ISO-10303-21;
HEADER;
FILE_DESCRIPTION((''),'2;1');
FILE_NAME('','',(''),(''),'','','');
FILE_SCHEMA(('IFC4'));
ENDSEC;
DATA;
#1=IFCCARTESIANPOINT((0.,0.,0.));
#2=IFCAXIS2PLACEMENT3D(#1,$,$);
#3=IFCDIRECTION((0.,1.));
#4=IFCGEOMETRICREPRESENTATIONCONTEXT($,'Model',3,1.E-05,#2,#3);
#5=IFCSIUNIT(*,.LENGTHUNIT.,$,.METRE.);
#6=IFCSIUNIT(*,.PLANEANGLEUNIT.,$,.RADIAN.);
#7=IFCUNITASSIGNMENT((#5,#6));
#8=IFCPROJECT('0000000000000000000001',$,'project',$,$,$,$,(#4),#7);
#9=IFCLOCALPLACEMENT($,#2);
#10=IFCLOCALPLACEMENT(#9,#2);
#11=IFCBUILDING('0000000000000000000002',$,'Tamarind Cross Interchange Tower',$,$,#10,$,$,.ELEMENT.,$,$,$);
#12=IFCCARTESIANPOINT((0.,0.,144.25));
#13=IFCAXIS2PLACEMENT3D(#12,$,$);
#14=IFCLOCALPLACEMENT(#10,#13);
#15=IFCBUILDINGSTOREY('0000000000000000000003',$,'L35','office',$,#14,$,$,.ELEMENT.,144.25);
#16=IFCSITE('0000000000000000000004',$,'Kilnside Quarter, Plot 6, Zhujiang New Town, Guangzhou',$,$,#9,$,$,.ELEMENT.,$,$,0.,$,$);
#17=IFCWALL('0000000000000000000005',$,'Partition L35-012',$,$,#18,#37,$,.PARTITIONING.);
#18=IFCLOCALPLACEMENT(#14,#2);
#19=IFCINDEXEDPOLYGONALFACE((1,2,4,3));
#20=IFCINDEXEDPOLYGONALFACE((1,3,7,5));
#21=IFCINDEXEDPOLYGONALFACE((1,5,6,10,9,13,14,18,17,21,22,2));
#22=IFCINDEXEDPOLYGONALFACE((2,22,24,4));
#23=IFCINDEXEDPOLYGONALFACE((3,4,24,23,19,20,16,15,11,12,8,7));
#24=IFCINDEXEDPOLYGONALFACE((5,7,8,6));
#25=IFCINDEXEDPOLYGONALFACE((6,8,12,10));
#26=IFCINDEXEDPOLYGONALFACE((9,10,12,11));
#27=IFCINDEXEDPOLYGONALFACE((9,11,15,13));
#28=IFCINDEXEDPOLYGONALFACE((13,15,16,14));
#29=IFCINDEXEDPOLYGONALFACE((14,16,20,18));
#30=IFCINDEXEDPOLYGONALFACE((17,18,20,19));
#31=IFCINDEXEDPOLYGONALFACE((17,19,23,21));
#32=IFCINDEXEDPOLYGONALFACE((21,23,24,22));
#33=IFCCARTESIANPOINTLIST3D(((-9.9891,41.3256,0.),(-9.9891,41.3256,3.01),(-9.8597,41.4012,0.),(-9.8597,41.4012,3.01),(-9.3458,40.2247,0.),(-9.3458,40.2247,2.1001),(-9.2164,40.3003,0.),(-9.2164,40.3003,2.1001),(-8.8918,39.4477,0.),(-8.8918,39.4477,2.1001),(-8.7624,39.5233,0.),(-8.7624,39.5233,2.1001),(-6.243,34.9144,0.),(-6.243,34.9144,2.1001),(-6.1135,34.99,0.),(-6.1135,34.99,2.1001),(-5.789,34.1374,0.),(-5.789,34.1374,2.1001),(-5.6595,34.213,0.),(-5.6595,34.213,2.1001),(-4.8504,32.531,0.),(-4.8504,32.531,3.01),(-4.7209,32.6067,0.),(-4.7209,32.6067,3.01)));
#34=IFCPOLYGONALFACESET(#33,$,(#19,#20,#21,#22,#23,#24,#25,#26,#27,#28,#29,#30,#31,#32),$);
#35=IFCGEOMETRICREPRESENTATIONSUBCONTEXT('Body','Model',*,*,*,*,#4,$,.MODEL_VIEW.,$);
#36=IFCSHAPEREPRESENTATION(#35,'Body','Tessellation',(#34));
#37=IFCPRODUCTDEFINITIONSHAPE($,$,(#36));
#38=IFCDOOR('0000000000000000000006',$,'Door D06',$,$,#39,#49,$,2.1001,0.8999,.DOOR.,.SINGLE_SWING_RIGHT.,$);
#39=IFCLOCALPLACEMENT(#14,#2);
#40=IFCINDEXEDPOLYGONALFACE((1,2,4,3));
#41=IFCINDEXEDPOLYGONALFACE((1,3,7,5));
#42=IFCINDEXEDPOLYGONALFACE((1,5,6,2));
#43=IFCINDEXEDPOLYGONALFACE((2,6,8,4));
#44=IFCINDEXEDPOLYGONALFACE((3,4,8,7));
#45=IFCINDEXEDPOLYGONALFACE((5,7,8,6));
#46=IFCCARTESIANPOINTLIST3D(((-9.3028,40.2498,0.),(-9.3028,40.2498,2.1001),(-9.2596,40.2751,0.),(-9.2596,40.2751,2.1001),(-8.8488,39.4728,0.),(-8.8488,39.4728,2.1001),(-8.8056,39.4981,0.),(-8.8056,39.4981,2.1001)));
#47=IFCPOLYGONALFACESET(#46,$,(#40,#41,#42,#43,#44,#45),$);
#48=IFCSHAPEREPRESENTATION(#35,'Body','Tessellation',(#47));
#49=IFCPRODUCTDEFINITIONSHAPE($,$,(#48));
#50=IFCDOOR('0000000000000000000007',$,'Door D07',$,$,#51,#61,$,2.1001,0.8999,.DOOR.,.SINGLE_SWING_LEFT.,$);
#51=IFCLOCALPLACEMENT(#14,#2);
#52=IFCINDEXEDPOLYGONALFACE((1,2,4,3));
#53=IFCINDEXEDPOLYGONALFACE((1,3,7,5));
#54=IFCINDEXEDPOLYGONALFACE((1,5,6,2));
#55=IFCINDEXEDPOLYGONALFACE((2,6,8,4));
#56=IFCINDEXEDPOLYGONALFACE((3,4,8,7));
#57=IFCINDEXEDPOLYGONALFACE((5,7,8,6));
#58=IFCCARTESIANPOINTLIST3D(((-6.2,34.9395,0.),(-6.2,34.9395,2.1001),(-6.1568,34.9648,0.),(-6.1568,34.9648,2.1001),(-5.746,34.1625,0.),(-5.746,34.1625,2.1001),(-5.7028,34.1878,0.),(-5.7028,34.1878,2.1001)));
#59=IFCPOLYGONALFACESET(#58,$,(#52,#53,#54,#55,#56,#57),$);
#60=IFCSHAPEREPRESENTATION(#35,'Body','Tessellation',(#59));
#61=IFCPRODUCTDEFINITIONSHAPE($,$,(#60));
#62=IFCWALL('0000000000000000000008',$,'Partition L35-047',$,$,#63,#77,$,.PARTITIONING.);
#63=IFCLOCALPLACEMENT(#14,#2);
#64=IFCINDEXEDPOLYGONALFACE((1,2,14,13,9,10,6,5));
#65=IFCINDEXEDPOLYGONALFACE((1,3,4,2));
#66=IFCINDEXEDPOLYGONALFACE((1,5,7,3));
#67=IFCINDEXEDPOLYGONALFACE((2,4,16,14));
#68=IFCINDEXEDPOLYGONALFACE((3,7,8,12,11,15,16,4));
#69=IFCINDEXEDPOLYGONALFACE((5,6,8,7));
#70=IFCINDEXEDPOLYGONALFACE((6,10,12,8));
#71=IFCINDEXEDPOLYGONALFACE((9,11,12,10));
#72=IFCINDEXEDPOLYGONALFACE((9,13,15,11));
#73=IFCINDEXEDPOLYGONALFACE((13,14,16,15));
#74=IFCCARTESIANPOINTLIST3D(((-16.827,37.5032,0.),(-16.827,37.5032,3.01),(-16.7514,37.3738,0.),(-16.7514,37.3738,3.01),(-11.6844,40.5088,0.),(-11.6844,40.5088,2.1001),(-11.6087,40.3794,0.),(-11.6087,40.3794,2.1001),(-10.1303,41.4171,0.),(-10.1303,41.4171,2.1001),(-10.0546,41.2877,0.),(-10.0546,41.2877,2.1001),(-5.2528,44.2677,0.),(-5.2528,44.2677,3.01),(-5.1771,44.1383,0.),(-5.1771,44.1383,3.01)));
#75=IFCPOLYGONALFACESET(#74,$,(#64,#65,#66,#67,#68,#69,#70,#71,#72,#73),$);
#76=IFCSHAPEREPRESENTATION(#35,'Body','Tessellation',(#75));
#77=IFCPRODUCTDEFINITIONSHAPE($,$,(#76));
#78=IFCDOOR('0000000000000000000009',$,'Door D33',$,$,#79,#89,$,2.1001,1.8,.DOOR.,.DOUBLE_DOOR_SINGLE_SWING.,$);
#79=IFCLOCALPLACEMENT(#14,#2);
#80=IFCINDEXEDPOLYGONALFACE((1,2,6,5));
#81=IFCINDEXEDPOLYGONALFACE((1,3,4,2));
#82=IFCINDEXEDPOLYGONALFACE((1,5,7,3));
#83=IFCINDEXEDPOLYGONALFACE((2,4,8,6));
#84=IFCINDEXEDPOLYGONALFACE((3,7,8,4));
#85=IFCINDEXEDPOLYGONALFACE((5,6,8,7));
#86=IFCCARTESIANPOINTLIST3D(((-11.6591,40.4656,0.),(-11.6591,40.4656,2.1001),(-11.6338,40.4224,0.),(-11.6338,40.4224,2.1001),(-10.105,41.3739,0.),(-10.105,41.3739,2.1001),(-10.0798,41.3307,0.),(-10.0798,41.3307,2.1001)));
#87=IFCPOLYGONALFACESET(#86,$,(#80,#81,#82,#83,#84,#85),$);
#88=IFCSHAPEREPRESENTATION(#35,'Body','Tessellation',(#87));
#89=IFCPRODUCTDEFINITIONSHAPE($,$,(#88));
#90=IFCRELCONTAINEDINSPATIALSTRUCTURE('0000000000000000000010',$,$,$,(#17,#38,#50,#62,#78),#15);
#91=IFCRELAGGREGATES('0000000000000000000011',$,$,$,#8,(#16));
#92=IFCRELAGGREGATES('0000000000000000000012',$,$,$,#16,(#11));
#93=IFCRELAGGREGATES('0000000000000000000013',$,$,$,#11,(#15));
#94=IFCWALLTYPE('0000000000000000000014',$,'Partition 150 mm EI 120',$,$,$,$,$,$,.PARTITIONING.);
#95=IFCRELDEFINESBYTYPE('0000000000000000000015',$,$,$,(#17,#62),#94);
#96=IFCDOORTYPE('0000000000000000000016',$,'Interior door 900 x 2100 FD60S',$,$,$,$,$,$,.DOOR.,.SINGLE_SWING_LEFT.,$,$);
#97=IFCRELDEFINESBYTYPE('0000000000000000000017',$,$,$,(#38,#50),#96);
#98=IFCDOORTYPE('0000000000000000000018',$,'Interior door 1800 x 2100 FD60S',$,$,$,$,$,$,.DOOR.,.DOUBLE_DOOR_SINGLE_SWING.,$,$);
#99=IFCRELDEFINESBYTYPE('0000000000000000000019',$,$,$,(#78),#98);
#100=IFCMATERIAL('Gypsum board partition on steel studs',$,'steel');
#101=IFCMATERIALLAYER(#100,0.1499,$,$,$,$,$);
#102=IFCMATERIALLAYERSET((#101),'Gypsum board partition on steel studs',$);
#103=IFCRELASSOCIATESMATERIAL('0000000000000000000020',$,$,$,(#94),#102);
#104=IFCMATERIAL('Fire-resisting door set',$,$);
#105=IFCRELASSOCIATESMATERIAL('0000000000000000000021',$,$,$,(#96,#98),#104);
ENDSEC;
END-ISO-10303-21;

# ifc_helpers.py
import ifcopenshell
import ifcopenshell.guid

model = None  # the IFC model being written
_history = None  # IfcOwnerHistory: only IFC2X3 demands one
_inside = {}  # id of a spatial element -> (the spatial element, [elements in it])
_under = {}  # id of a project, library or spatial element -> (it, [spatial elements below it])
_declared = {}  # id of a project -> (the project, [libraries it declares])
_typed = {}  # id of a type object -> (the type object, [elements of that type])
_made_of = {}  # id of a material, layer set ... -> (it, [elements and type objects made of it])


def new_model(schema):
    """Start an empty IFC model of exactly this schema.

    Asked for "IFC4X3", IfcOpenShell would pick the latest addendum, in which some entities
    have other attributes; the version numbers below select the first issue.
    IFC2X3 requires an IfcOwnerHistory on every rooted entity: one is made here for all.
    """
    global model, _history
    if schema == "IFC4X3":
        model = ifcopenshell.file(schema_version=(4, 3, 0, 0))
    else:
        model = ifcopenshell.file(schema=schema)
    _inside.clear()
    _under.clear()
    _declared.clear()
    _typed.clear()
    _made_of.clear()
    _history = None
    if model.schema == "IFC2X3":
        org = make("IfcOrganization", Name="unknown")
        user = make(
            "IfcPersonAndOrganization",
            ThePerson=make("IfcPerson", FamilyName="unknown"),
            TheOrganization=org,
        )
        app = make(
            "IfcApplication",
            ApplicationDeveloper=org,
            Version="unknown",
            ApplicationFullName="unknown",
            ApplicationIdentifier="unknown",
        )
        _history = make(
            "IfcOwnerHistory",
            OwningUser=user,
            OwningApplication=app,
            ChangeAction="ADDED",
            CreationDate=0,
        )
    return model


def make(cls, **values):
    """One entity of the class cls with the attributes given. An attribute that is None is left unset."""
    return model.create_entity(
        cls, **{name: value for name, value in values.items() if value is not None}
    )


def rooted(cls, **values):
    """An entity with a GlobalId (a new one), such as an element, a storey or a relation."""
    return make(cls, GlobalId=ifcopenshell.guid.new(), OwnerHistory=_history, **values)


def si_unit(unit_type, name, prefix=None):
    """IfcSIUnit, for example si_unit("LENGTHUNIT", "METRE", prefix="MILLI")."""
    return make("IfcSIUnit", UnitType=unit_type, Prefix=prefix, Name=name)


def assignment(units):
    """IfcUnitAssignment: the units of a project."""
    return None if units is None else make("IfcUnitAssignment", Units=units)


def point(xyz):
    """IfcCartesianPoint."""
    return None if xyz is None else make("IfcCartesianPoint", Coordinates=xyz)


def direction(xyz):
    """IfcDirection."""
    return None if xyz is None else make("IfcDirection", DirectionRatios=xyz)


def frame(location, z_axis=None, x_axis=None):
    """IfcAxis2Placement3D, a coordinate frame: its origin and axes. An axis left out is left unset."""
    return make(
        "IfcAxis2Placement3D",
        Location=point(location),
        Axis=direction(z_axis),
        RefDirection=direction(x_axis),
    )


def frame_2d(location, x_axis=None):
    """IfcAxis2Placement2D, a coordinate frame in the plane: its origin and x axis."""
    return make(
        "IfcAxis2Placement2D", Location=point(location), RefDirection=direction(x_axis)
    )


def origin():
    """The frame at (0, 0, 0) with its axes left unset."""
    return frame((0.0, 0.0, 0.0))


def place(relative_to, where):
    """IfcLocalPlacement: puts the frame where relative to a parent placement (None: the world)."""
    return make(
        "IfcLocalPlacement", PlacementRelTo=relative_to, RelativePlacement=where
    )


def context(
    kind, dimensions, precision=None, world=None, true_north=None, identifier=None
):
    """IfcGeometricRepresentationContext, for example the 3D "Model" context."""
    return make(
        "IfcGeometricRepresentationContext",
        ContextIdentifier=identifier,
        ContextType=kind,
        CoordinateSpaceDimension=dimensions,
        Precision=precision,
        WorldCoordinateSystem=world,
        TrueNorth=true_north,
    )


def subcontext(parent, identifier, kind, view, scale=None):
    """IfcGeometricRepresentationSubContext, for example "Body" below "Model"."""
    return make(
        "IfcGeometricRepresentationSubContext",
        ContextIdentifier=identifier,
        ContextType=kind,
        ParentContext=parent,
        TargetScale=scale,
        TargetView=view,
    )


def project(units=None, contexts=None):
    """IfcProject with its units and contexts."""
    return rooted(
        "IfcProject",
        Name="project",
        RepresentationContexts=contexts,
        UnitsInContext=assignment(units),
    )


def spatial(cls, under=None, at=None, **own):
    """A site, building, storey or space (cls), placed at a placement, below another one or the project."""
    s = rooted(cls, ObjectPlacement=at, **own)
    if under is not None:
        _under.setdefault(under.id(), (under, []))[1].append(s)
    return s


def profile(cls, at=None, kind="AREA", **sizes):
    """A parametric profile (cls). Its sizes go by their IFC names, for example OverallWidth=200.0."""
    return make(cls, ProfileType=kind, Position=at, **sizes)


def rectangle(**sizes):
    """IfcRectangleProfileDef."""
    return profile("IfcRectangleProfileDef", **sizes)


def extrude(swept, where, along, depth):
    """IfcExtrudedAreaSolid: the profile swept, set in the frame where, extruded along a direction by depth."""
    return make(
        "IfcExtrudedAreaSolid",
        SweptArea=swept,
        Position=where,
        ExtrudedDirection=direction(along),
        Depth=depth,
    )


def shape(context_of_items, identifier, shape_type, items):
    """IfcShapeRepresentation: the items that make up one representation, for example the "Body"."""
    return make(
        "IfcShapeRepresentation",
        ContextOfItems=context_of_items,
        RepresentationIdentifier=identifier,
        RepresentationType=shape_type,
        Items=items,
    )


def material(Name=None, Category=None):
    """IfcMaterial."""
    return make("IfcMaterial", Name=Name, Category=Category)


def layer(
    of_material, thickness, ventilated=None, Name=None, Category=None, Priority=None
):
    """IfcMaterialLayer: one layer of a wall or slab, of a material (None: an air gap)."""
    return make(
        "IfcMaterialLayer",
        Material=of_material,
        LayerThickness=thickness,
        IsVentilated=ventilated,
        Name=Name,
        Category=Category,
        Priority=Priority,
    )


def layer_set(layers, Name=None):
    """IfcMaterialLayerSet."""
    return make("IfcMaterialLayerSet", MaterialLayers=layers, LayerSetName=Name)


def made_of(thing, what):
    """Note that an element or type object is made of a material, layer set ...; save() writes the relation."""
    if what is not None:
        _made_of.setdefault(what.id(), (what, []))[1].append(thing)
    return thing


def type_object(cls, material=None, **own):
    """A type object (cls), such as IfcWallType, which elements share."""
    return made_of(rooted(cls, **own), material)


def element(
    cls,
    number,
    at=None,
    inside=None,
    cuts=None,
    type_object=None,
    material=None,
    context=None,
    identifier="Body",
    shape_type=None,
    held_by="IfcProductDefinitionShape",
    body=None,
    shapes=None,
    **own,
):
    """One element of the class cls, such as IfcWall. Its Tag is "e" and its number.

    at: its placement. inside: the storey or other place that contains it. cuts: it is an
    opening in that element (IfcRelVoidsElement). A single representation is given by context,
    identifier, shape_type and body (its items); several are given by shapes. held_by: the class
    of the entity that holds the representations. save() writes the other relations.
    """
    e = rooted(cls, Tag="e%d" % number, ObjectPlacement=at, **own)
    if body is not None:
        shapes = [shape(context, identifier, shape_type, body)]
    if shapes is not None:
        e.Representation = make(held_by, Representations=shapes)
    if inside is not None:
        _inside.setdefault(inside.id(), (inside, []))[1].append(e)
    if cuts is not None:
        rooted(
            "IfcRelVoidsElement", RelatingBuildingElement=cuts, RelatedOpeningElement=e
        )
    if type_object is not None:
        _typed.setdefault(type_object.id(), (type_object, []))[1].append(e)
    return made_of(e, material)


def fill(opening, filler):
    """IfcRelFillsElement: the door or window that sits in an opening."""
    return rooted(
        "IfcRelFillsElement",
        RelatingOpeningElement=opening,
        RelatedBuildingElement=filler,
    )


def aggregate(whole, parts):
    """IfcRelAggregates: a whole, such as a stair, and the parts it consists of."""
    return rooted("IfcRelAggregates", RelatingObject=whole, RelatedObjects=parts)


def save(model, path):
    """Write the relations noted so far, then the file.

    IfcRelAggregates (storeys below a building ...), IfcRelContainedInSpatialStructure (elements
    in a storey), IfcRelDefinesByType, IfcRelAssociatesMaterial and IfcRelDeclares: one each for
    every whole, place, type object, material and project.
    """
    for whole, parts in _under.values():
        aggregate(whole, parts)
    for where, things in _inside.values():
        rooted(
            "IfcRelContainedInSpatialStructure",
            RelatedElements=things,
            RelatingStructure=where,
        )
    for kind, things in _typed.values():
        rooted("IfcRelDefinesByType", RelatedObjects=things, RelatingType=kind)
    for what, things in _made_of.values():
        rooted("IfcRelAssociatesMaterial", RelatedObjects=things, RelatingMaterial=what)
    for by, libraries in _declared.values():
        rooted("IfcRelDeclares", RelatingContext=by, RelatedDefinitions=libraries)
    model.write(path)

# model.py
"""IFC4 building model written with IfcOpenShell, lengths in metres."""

from ifc_helpers import new_model, si_unit, direction, frame, frame_2d, origin, place, context, subcontext, project, spatial, rectangle, extrude, material, layer, layer_set, type_object, element, fill, save


model = new_model("IFC4")

# Units and contexts
model_context = context("Model", 3, precision=1e-05, world=origin(), true_north=direction((0.0, 1.0)))
body_context = subcontext(model_context, "Body", "Model", "MODEL_VIEW")
ifc_project = project(units=[si_unit("LENGTHUNIT", "METRE"), si_unit("PLANEANGLEUNIT", "RADIAN")], contexts=[model_context])

# Site, building, storey
site_placement = place(None, origin())
site = spatial("IfcSite", under=ifc_project, at=site_placement, Name="Kilnside Quarter, Plot 6, Zhujiang New Town, Guangzhou", CompositionType="ELEMENT", RefElevation=0.0)
building_placement = place(site_placement, origin())
building = spatial("IfcBuilding", under=site, at=building_placement, Name="Tamarind Cross Interchange Tower", CompositionType="ELEMENT")
storey_placement = place(building_placement, frame((0.0, 0.0, 144.25)))
storey = spatial("IfcBuildingStorey", under=building, at=storey_placement, Name="L35", Description="office", CompositionType="ELEMENT", Elevation=144.25)

# Shared definitions
ifc_material_1 = material(Name="Gypsum board partition on steel studs", Category="steel")

# Wall, openings, doors
ifc_layer_1 = layer(ifc_material_1, 0.1499)
ifc_layer_set_1 = layer_set([ifc_layer_1], Name="Gypsum board partition on steel studs")
wall_type_1 = type_object("IfcWallType", Name="Partition 150 mm EI 120", PredefinedType="PARTITIONING", material=ifc_layer_set_1)
ifc_material_2 = material(Name="Fire-resisting door set")
door_type_1 = type_object("IfcDoorType", Name="Interior door 900 x 2100 FD60S", OperationType="SINGLE_SWING_LEFT", PredefinedType="DOOR", material=ifc_material_2)
wall_1_placement = place(storey_placement, frame((-9.9243, 41.3633, 0.0), z_axis=(0.0, 0.0, 1.0), x_axis=(0.5045, -0.863412, 0.0)))
wall_1 = element("IfcWall", 1, at=wall_1_placement, inside=storey, type_object=wall_type_1, Name="Partition L35-012", PredefinedType="PARTITIONING", context=body_context, shape_type="SweptSolid", body=[
    extrude(rectangle(XDim=10.1858, YDim=0.1499, at=frame_2d((5.0928, 0.0))), origin(), (0.0, 0.0, 1.0), 3.01),
])
opening_1_placement = place(wall_1_placement, frame((1.2749, 0.0, 0.0)))
opening_1 = element("IfcOpeningElement", 2, at=opening_1_placement, cuts=wall_1, PredefinedType="OPENING", context=body_context, shape_type="SweptSolid", body=[
    extrude(rectangle(XDim=0.8999, YDim=2.1001, at=frame_2d((0.45, 1.05))), frame((0.0, 0.085, 0.0), z_axis=(0.0, -1.0, 0.0), x_axis=(1.0, 0.0, 0.0)), (0.0, 0.0, 1.0), 0.1699),
])
opening_2_placement = place(wall_1_placement, frame((7.4253, 0.0, 0.0)))
opening_2 = element("IfcOpeningElement", 3, at=opening_2_placement, cuts=wall_1, PredefinedType="OPENING", context=body_context, shape_type="SweptSolid", body=[
    extrude(rectangle(XDim=0.8999, YDim=2.1001, at=frame_2d((0.45, 1.05))), frame((0.0, 0.085, 0.0), z_axis=(0.0, -1.0, 0.0), x_axis=(1.0, 0.0, 0.0)), (0.0, 0.0, 1.0), 0.1699),
])
door_1_placement = place(opening_1_placement, origin())
door_1 = element("IfcDoor", 4, at=door_1_placement, inside=storey, type_object=door_type_1, Name="Door D06", OperationType="SINGLE_SWING_RIGHT", OverallHeight=2.1001, OverallWidth=0.8999, PredefinedType="DOOR", context=body_context, shape_type="SweptSolid", body=[
    extrude(rectangle(XDim=0.8999, YDim=2.1001, at=frame_2d((0.45, 1.05))), frame((0.0, 0.0249, 0.0), z_axis=(0.0, -1.0, 0.0), x_axis=(1.0, 0.0, 0.0)), (0.0, 0.0, 1.0), 0.05),
])
fill(opening_1, door_1)
door_2_placement = place(opening_2_placement, origin())
door_2 = element("IfcDoor", 5, at=door_2_placement, inside=storey, type_object=door_type_1, Name="Door D07", OperationType="SINGLE_SWING_LEFT", OverallHeight=2.1001, OverallWidth=0.8999, PredefinedType="DOOR", context=body_context, shape_type="SweptSolid", body=[
    extrude(rectangle(XDim=0.8999, YDim=2.1001, at=frame_2d((0.45, 1.05))), frame((0.0, 0.0249, 0.0), z_axis=(0.0, -1.0, 0.0), x_axis=(1.0, 0.0, 0.0)), (0.0, 0.0, 1.0), 0.05),
])
fill(opening_2, door_2)

# Wall, opening, door
wall_2_placement = place(storey_placement, frame((-16.7893, 37.4385, 0.0), z_axis=(0.0, 0.0, 1.0), x_axis=(0.863364, 0.504582, 0.0)))
wall_2 = element("IfcWall", 6, at=wall_2_placement, inside=storey, type_object=wall_type_1, Name="Partition L35-047", PredefinedType="PARTITIONING", context=body_context, shape_type="SweptSolid", body=[
    extrude(rectangle(XDim=13.406, YDim=0.1499, at=frame_2d((6.7031, 0.0))), origin(), (0.0, 0.0, 1.0), 3.01),
])
opening_3_placement = place(wall_2_placement, frame((5.9568, 0.0, 0.0)))
opening_3 = element("IfcOpeningElement", 7, at=opening_3_placement, cuts=wall_2, PredefinedType="OPENING", context=body_context, shape_type="SweptSolid", body=[
    extrude(rectangle(XDim=1.8, YDim=2.1001, at=frame_2d((0.8999, 1.05))), frame((0.0, 0.085, 0.0), z_axis=(0.0, -1.0, 0.0), x_axis=(1.0, 0.0, 0.0)), (0.0, 0.0, 1.0), 0.1699),
])
door_type_2 = type_object("IfcDoorType", Name="Interior door 1800 x 2100 FD60S", OperationType="DOUBLE_DOOR_SINGLE_SWING", PredefinedType="DOOR", material=ifc_material_2)
door_3_placement = place(opening_3_placement, origin())
door_3 = element("IfcDoor", 8, at=door_3_placement, inside=storey, type_object=door_type_2, Name="Door D33", OperationType="DOUBLE_DOOR_SINGLE_SWING", OverallHeight=2.1001, OverallWidth=1.8, PredefinedType="DOOR", context=body_context, shape_type="SweptSolid", body=[
    extrude(rectangle(XDim=1.8, YDim=2.1001, at=frame_2d((0.8999, 1.05))), frame((0.0, 0.0249, 0.0), z_axis=(0.0, -1.0, 0.0), x_axis=(1.0, 0.0, 0.0)), (0.0, 0.0, 1.0), 0.05),
])
fill(opening_3, door_3)

save(model, "model.ifc")
